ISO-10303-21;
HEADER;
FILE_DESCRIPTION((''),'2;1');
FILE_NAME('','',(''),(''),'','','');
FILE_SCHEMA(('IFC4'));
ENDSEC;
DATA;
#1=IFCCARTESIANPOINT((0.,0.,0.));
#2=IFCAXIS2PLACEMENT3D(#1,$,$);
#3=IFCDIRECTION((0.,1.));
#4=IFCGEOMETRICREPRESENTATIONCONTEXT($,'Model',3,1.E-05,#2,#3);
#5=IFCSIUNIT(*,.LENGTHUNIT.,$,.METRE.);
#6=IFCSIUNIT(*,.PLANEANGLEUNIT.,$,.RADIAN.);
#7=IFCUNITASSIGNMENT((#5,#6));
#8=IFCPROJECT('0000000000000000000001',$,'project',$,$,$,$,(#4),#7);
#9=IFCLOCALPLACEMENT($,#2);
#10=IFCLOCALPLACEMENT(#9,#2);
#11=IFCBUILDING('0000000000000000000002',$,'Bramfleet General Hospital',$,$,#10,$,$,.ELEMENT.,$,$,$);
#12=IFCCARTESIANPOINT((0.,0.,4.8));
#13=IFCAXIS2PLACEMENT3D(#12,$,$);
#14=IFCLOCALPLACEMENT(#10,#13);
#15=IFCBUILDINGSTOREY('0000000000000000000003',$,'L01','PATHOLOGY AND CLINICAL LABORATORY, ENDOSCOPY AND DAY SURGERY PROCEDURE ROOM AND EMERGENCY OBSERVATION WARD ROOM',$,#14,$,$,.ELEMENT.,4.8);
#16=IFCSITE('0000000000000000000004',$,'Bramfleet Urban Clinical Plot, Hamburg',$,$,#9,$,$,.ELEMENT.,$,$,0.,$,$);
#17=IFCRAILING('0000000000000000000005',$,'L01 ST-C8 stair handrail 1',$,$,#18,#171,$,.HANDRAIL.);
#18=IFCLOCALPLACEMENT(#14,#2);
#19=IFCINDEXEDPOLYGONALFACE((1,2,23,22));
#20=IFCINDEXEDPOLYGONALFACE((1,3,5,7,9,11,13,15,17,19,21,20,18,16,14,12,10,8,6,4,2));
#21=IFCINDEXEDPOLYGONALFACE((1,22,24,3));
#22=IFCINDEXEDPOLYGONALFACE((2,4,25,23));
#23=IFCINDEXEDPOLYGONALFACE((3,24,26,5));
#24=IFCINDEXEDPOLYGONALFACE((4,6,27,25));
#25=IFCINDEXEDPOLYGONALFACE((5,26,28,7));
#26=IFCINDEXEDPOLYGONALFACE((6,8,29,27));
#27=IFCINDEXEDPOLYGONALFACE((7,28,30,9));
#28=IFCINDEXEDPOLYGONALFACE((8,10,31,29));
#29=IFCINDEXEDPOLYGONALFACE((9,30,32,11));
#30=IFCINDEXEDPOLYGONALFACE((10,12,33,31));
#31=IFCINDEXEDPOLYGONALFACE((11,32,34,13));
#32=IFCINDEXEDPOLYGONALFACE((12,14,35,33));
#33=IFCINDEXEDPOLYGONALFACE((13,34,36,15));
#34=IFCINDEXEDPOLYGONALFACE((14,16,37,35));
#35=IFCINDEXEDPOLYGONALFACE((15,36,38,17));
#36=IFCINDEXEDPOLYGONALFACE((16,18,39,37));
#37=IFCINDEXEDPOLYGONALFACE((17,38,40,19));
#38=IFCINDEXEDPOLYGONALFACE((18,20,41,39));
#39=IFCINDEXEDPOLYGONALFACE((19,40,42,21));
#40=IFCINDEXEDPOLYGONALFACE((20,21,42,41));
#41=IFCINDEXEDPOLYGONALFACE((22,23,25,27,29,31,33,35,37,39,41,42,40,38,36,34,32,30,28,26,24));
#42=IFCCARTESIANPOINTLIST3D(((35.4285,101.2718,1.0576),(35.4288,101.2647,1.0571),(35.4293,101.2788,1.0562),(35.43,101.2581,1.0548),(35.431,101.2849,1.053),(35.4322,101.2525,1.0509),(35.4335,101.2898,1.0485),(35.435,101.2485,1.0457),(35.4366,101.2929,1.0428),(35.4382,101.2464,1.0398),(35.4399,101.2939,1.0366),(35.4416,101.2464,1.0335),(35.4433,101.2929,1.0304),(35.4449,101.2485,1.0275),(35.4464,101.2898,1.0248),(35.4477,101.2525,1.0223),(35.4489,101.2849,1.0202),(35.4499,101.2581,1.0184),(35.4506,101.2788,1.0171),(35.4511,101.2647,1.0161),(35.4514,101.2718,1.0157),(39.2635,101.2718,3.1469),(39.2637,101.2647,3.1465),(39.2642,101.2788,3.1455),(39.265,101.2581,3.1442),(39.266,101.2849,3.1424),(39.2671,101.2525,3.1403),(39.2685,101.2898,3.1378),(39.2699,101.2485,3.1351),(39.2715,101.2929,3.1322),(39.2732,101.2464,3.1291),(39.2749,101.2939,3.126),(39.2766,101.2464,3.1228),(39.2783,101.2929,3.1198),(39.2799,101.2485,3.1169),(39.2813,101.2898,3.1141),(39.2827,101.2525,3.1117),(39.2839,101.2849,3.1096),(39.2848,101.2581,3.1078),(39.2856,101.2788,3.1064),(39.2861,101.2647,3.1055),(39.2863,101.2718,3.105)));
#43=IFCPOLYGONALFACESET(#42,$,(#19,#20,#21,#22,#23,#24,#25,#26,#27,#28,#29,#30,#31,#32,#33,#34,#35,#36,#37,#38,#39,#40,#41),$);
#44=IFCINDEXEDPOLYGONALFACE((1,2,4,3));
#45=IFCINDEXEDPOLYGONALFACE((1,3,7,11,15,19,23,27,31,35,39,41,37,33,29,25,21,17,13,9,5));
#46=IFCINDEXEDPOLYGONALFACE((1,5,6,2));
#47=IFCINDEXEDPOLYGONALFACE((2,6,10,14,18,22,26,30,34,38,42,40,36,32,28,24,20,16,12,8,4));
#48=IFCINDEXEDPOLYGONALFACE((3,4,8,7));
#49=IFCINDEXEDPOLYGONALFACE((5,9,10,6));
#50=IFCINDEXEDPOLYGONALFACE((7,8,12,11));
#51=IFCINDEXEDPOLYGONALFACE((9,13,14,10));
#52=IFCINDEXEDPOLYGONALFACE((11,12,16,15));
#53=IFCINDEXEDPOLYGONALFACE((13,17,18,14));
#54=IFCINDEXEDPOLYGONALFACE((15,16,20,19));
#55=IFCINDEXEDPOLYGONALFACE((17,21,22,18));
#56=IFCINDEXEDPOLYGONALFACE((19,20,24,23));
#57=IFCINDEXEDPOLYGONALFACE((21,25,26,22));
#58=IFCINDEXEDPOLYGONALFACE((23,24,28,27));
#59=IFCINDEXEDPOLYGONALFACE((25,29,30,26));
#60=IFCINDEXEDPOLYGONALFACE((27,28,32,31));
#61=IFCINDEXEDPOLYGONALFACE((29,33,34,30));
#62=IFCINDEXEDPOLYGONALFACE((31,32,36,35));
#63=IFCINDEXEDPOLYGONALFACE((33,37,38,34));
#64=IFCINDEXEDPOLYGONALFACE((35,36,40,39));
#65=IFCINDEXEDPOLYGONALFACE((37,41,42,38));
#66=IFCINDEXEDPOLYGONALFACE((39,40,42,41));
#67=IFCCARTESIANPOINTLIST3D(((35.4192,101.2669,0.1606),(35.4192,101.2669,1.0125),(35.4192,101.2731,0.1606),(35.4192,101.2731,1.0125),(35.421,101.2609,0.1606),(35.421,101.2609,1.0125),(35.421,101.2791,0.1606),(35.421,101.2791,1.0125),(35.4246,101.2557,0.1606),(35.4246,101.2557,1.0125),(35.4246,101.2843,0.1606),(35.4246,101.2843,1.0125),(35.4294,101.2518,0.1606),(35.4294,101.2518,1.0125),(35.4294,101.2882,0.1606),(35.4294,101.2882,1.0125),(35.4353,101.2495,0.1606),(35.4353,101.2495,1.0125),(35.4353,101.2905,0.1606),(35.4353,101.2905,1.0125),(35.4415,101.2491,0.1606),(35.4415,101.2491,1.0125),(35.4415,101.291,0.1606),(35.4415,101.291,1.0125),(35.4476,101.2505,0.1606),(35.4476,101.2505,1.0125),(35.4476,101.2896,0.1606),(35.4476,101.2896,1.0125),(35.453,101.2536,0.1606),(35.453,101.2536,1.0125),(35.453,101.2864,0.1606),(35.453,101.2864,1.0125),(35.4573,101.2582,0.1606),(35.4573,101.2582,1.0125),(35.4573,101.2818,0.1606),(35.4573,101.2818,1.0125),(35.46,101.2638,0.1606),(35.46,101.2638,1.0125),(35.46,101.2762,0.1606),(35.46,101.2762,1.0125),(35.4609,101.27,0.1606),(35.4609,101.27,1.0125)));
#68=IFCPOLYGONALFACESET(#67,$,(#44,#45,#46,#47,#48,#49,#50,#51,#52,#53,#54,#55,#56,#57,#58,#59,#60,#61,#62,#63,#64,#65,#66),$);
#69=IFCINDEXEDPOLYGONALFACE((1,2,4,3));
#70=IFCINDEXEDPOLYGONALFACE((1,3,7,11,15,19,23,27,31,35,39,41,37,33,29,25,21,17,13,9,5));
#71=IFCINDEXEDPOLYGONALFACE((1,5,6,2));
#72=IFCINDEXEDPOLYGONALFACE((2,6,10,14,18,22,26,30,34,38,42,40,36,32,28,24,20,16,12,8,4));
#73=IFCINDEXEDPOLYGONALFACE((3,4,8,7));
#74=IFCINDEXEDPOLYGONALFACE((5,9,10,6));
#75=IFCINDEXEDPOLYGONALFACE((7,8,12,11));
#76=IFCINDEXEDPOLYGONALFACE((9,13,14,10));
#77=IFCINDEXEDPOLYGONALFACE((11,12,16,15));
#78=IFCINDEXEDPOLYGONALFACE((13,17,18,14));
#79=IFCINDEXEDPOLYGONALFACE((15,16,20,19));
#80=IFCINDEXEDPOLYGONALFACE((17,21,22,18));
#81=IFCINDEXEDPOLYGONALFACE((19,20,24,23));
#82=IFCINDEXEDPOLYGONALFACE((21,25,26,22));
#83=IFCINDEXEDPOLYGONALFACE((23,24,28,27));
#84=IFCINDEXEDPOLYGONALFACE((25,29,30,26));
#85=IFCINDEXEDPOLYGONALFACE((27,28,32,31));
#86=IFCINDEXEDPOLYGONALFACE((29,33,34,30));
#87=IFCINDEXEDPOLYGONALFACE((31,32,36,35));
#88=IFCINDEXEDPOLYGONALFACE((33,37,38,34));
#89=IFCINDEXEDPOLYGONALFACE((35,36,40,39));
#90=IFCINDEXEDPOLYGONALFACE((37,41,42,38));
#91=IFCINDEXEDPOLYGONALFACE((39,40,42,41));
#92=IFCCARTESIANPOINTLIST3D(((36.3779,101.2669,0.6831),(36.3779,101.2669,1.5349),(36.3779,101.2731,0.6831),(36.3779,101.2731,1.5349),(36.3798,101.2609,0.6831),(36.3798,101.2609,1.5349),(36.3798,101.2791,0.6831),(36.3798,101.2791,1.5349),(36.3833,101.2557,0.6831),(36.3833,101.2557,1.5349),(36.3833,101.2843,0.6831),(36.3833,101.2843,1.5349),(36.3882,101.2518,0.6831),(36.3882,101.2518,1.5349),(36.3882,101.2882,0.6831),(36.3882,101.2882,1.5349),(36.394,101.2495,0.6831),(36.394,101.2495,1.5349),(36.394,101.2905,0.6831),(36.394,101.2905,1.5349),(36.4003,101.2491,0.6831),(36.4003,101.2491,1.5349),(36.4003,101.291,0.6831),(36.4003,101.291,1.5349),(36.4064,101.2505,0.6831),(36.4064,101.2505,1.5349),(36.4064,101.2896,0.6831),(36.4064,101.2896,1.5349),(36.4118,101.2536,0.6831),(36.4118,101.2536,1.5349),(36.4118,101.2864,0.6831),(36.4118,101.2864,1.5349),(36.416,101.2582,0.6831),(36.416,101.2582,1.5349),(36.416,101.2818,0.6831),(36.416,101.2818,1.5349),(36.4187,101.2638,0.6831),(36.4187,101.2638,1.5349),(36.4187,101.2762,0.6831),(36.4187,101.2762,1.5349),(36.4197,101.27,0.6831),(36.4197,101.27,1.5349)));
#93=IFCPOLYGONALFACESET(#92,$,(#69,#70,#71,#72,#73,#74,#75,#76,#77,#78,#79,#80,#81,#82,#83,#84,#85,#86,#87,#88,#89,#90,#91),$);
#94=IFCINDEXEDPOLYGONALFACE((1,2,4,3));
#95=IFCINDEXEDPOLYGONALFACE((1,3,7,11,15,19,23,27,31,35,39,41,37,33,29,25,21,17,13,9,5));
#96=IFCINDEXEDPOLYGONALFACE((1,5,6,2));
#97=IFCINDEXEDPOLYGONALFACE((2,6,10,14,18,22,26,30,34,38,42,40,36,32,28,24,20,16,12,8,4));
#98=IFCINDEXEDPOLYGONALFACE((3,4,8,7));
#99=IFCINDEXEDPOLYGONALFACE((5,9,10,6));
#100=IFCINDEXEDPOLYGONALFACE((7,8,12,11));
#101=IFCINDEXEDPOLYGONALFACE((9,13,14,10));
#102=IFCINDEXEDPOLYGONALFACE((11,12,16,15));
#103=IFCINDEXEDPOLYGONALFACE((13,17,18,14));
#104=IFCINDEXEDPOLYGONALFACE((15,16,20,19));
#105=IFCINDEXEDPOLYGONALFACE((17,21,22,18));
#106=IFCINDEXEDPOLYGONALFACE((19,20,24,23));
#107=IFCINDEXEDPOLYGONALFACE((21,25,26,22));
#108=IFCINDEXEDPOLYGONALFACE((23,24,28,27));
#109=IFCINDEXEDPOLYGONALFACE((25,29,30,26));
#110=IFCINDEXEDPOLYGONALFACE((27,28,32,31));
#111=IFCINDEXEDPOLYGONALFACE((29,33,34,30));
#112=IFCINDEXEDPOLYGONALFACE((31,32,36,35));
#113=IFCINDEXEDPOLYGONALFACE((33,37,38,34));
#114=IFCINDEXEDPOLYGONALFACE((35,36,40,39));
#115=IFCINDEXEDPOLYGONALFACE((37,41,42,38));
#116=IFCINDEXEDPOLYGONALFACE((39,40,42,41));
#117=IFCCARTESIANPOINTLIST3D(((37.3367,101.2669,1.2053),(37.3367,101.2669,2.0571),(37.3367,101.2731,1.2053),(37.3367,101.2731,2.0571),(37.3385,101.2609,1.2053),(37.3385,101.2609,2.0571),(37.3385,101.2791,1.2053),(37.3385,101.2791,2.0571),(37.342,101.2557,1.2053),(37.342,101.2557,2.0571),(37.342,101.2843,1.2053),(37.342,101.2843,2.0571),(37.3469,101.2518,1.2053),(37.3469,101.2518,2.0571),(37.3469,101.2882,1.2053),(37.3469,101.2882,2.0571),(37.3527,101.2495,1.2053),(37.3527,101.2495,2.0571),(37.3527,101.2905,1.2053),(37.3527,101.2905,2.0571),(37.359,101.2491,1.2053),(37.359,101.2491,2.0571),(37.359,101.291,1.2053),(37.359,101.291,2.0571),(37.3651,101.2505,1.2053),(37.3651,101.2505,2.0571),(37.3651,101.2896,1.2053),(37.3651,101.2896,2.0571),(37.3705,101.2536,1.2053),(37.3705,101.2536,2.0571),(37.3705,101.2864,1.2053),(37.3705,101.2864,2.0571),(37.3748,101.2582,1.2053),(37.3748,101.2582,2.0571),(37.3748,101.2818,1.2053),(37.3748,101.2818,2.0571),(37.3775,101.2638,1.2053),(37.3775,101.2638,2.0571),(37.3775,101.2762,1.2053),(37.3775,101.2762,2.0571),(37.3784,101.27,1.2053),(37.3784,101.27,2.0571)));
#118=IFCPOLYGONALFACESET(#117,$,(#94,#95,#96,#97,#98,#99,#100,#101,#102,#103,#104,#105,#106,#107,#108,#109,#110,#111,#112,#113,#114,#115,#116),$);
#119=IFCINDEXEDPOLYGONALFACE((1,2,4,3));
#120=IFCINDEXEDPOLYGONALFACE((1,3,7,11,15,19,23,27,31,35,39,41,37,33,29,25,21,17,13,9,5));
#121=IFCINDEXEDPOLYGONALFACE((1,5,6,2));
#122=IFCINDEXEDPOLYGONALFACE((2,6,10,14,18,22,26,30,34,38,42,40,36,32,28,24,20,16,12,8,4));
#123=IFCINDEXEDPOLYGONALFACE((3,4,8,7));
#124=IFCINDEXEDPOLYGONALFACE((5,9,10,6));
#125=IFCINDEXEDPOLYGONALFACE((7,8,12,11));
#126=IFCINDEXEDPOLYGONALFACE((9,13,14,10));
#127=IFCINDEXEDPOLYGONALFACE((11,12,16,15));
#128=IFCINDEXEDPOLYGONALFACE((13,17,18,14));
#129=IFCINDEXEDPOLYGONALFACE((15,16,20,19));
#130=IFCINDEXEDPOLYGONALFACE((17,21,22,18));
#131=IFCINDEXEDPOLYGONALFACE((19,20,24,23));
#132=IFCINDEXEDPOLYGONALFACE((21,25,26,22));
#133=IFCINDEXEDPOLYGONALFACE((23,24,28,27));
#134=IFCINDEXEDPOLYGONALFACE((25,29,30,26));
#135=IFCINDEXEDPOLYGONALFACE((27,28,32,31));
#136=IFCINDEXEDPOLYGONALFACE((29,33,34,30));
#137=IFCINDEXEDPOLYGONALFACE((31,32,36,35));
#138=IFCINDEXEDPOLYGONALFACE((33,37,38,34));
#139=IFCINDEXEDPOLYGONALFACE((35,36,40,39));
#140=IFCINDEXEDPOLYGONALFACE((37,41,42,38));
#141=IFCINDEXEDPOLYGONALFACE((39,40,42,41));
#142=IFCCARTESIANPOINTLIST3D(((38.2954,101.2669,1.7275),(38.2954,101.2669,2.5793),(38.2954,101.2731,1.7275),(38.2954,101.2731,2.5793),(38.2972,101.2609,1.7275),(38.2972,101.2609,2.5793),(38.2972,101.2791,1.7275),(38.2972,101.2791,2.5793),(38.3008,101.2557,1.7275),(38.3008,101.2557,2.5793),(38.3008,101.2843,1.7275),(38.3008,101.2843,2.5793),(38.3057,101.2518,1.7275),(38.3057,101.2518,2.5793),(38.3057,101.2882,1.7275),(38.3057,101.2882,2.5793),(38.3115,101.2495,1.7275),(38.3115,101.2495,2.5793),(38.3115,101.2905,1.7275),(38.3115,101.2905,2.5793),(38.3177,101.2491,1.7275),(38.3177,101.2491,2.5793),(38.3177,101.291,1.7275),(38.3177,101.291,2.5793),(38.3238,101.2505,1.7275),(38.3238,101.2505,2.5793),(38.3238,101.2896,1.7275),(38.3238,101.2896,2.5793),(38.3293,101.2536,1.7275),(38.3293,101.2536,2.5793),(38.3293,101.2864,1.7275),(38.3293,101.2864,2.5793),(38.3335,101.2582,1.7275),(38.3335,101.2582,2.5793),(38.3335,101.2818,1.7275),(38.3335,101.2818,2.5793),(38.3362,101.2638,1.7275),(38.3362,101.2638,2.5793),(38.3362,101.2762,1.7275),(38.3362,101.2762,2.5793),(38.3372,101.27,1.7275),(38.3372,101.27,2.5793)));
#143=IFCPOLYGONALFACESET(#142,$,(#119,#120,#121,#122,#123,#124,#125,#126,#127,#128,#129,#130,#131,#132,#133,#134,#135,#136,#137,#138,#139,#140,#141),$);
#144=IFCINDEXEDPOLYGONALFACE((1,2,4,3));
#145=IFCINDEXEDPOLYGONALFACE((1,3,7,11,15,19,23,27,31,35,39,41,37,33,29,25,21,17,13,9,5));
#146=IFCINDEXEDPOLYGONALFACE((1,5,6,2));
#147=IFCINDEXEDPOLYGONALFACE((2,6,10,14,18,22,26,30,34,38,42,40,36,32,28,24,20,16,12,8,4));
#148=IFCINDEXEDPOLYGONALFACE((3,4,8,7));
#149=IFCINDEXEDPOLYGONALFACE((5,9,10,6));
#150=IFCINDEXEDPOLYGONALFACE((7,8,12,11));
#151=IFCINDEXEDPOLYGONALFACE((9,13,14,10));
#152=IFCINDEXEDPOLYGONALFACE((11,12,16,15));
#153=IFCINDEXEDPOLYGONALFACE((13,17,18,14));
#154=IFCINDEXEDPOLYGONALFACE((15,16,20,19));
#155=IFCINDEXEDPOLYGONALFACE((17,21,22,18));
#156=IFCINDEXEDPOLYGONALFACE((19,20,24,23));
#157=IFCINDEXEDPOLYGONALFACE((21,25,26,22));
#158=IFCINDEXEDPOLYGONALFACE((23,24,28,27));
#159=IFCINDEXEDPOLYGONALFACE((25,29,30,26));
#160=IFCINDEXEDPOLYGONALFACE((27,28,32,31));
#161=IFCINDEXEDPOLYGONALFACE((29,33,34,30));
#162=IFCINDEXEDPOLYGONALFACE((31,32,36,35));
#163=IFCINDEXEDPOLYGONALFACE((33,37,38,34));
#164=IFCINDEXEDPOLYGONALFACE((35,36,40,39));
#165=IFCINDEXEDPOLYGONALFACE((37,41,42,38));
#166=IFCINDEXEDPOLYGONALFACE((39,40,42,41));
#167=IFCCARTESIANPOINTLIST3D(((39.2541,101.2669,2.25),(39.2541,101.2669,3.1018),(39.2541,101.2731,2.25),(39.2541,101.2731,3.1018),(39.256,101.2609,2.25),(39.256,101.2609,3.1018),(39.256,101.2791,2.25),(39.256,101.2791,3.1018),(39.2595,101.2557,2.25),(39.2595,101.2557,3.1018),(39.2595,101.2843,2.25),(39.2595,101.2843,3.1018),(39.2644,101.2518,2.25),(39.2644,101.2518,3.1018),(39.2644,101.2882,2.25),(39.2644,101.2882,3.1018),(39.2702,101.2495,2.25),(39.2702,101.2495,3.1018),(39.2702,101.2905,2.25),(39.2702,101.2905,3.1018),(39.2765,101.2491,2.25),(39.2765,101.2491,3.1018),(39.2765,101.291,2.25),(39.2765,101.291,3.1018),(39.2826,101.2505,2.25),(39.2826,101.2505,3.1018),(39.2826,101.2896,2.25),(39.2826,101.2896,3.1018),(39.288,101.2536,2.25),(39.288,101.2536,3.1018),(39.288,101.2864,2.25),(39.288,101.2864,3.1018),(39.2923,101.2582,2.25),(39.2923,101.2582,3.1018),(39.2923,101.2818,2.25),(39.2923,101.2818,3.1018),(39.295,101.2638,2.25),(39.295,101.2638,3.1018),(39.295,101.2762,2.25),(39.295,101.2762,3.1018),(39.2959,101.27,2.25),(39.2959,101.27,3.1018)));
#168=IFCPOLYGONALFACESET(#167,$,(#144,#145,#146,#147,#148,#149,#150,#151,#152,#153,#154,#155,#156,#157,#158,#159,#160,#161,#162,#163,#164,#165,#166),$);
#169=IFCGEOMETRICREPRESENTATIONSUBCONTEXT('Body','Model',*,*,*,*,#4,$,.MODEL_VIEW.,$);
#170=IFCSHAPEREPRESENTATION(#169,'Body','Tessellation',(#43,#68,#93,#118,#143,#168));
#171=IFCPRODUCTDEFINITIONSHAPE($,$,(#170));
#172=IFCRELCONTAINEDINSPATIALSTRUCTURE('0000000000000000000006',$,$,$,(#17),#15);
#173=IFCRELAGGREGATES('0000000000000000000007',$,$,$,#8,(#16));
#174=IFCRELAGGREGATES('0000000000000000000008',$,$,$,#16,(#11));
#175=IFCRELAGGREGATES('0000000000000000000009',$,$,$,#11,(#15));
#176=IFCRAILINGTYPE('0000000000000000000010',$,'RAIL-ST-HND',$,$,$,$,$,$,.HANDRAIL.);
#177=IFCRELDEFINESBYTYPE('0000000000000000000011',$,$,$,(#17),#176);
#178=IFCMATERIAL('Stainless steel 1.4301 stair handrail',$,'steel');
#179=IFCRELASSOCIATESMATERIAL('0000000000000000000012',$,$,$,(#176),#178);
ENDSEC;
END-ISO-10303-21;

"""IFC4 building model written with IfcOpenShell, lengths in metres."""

from ifc_helpers import new_model, si_unit, direction, frame, origin, origin_2d, place, context, subcontext, project, spatial, circle, extrude, material, type_object, element, save


model = new_model("IFC4")

# Units and contexts
model_context = context("Model", 3, precision=1e-05, world=origin(), true_north=direction((0.0, 1.0)))
body_context = subcontext(model_context, "Body", "Model", "MODEL_VIEW")
ifc_project = project(units=[si_unit("LENGTHUNIT", "METRE"), si_unit("PLANEANGLEUNIT", "RADIAN")], contexts=[model_context])

# Site, building, storey
site_placement = place(None, origin())
site = spatial("IfcSite", under=ifc_project, at=site_placement, Name="Bramfleet Urban Clinical Plot, Hamburg", CompositionType="ELEMENT", RefElevation=0.0)
building_placement = place(site_placement, origin())
building = spatial("IfcBuilding", under=site, at=building_placement, Name="Bramfleet General Hospital", CompositionType="ELEMENT")
storey_placement = place(building_placement, frame((0.0, 0.0, 4.8)))
storey = spatial("IfcBuildingStorey", under=building, at=storey_placement, Name="L01", Description="PATHOLOGY AND CLINICAL LABORATORY, ENDOSCOPY AND DAY SURGERY PROCEDURE ROOM AND EMERGENCY OBSERVATION WARD ROOM", CompositionType="ELEMENT", Elevation=4.8)

# Railing
ifc_material_1 = material(Name="Stainless steel 1.4301 stair handrail", Category="steel")
railing_type = type_object("IfcRailingType", Name="RAIL-ST-HND", PredefinedType="HANDRAIL", material=ifc_material_1)
railing_placement = place(storey_placement, frame((35.4399, 101.27, 0.1606)))
element("IfcRailing", 1, at=railing_placement, inside=storey, type_object=railing_type, Name="L01 ST-C8 stair handrail 1", PredefinedType="HANDRAIL", context=body_context, shape_type="SweptSolid", body=[
    extrude(circle(Radius=0.0239, at=origin_2d()), frame((0.0, 0.0, 0.876), z_axis=(0.87813, 0.0, 0.478421), x_axis=(0.0, 1.0, 0.0)), (0.0, 0.0, 1.0), 4.3672),
    extrude(circle(Radius=0.021, at=origin_2d()), origin(), (0.0, 0.0, 1.0), 0.8518),
    extrude(circle(Radius=0.021, at=origin_2d()), frame((0.9587, 0.0, 0.5225)), (0.0, 0.0, 1.0), 0.8518),
    extrude(circle(Radius=0.021, at=origin_2d()), frame((1.9175, 0.0, 1.0447)), (0.0, 0.0, 1.0), 0.8518),
    extrude(circle(Radius=0.021, at=origin_2d()), frame((2.8762, 0.0, 1.5669)), (0.0, 0.0, 1.0), 0.8518),
    extrude(circle(Radius=0.021, at=origin_2d()), frame((3.835, 0.0, 2.0894)), (0.0, 0.0, 1.0), 0.8518),
])

save(model, "model.ifc")
